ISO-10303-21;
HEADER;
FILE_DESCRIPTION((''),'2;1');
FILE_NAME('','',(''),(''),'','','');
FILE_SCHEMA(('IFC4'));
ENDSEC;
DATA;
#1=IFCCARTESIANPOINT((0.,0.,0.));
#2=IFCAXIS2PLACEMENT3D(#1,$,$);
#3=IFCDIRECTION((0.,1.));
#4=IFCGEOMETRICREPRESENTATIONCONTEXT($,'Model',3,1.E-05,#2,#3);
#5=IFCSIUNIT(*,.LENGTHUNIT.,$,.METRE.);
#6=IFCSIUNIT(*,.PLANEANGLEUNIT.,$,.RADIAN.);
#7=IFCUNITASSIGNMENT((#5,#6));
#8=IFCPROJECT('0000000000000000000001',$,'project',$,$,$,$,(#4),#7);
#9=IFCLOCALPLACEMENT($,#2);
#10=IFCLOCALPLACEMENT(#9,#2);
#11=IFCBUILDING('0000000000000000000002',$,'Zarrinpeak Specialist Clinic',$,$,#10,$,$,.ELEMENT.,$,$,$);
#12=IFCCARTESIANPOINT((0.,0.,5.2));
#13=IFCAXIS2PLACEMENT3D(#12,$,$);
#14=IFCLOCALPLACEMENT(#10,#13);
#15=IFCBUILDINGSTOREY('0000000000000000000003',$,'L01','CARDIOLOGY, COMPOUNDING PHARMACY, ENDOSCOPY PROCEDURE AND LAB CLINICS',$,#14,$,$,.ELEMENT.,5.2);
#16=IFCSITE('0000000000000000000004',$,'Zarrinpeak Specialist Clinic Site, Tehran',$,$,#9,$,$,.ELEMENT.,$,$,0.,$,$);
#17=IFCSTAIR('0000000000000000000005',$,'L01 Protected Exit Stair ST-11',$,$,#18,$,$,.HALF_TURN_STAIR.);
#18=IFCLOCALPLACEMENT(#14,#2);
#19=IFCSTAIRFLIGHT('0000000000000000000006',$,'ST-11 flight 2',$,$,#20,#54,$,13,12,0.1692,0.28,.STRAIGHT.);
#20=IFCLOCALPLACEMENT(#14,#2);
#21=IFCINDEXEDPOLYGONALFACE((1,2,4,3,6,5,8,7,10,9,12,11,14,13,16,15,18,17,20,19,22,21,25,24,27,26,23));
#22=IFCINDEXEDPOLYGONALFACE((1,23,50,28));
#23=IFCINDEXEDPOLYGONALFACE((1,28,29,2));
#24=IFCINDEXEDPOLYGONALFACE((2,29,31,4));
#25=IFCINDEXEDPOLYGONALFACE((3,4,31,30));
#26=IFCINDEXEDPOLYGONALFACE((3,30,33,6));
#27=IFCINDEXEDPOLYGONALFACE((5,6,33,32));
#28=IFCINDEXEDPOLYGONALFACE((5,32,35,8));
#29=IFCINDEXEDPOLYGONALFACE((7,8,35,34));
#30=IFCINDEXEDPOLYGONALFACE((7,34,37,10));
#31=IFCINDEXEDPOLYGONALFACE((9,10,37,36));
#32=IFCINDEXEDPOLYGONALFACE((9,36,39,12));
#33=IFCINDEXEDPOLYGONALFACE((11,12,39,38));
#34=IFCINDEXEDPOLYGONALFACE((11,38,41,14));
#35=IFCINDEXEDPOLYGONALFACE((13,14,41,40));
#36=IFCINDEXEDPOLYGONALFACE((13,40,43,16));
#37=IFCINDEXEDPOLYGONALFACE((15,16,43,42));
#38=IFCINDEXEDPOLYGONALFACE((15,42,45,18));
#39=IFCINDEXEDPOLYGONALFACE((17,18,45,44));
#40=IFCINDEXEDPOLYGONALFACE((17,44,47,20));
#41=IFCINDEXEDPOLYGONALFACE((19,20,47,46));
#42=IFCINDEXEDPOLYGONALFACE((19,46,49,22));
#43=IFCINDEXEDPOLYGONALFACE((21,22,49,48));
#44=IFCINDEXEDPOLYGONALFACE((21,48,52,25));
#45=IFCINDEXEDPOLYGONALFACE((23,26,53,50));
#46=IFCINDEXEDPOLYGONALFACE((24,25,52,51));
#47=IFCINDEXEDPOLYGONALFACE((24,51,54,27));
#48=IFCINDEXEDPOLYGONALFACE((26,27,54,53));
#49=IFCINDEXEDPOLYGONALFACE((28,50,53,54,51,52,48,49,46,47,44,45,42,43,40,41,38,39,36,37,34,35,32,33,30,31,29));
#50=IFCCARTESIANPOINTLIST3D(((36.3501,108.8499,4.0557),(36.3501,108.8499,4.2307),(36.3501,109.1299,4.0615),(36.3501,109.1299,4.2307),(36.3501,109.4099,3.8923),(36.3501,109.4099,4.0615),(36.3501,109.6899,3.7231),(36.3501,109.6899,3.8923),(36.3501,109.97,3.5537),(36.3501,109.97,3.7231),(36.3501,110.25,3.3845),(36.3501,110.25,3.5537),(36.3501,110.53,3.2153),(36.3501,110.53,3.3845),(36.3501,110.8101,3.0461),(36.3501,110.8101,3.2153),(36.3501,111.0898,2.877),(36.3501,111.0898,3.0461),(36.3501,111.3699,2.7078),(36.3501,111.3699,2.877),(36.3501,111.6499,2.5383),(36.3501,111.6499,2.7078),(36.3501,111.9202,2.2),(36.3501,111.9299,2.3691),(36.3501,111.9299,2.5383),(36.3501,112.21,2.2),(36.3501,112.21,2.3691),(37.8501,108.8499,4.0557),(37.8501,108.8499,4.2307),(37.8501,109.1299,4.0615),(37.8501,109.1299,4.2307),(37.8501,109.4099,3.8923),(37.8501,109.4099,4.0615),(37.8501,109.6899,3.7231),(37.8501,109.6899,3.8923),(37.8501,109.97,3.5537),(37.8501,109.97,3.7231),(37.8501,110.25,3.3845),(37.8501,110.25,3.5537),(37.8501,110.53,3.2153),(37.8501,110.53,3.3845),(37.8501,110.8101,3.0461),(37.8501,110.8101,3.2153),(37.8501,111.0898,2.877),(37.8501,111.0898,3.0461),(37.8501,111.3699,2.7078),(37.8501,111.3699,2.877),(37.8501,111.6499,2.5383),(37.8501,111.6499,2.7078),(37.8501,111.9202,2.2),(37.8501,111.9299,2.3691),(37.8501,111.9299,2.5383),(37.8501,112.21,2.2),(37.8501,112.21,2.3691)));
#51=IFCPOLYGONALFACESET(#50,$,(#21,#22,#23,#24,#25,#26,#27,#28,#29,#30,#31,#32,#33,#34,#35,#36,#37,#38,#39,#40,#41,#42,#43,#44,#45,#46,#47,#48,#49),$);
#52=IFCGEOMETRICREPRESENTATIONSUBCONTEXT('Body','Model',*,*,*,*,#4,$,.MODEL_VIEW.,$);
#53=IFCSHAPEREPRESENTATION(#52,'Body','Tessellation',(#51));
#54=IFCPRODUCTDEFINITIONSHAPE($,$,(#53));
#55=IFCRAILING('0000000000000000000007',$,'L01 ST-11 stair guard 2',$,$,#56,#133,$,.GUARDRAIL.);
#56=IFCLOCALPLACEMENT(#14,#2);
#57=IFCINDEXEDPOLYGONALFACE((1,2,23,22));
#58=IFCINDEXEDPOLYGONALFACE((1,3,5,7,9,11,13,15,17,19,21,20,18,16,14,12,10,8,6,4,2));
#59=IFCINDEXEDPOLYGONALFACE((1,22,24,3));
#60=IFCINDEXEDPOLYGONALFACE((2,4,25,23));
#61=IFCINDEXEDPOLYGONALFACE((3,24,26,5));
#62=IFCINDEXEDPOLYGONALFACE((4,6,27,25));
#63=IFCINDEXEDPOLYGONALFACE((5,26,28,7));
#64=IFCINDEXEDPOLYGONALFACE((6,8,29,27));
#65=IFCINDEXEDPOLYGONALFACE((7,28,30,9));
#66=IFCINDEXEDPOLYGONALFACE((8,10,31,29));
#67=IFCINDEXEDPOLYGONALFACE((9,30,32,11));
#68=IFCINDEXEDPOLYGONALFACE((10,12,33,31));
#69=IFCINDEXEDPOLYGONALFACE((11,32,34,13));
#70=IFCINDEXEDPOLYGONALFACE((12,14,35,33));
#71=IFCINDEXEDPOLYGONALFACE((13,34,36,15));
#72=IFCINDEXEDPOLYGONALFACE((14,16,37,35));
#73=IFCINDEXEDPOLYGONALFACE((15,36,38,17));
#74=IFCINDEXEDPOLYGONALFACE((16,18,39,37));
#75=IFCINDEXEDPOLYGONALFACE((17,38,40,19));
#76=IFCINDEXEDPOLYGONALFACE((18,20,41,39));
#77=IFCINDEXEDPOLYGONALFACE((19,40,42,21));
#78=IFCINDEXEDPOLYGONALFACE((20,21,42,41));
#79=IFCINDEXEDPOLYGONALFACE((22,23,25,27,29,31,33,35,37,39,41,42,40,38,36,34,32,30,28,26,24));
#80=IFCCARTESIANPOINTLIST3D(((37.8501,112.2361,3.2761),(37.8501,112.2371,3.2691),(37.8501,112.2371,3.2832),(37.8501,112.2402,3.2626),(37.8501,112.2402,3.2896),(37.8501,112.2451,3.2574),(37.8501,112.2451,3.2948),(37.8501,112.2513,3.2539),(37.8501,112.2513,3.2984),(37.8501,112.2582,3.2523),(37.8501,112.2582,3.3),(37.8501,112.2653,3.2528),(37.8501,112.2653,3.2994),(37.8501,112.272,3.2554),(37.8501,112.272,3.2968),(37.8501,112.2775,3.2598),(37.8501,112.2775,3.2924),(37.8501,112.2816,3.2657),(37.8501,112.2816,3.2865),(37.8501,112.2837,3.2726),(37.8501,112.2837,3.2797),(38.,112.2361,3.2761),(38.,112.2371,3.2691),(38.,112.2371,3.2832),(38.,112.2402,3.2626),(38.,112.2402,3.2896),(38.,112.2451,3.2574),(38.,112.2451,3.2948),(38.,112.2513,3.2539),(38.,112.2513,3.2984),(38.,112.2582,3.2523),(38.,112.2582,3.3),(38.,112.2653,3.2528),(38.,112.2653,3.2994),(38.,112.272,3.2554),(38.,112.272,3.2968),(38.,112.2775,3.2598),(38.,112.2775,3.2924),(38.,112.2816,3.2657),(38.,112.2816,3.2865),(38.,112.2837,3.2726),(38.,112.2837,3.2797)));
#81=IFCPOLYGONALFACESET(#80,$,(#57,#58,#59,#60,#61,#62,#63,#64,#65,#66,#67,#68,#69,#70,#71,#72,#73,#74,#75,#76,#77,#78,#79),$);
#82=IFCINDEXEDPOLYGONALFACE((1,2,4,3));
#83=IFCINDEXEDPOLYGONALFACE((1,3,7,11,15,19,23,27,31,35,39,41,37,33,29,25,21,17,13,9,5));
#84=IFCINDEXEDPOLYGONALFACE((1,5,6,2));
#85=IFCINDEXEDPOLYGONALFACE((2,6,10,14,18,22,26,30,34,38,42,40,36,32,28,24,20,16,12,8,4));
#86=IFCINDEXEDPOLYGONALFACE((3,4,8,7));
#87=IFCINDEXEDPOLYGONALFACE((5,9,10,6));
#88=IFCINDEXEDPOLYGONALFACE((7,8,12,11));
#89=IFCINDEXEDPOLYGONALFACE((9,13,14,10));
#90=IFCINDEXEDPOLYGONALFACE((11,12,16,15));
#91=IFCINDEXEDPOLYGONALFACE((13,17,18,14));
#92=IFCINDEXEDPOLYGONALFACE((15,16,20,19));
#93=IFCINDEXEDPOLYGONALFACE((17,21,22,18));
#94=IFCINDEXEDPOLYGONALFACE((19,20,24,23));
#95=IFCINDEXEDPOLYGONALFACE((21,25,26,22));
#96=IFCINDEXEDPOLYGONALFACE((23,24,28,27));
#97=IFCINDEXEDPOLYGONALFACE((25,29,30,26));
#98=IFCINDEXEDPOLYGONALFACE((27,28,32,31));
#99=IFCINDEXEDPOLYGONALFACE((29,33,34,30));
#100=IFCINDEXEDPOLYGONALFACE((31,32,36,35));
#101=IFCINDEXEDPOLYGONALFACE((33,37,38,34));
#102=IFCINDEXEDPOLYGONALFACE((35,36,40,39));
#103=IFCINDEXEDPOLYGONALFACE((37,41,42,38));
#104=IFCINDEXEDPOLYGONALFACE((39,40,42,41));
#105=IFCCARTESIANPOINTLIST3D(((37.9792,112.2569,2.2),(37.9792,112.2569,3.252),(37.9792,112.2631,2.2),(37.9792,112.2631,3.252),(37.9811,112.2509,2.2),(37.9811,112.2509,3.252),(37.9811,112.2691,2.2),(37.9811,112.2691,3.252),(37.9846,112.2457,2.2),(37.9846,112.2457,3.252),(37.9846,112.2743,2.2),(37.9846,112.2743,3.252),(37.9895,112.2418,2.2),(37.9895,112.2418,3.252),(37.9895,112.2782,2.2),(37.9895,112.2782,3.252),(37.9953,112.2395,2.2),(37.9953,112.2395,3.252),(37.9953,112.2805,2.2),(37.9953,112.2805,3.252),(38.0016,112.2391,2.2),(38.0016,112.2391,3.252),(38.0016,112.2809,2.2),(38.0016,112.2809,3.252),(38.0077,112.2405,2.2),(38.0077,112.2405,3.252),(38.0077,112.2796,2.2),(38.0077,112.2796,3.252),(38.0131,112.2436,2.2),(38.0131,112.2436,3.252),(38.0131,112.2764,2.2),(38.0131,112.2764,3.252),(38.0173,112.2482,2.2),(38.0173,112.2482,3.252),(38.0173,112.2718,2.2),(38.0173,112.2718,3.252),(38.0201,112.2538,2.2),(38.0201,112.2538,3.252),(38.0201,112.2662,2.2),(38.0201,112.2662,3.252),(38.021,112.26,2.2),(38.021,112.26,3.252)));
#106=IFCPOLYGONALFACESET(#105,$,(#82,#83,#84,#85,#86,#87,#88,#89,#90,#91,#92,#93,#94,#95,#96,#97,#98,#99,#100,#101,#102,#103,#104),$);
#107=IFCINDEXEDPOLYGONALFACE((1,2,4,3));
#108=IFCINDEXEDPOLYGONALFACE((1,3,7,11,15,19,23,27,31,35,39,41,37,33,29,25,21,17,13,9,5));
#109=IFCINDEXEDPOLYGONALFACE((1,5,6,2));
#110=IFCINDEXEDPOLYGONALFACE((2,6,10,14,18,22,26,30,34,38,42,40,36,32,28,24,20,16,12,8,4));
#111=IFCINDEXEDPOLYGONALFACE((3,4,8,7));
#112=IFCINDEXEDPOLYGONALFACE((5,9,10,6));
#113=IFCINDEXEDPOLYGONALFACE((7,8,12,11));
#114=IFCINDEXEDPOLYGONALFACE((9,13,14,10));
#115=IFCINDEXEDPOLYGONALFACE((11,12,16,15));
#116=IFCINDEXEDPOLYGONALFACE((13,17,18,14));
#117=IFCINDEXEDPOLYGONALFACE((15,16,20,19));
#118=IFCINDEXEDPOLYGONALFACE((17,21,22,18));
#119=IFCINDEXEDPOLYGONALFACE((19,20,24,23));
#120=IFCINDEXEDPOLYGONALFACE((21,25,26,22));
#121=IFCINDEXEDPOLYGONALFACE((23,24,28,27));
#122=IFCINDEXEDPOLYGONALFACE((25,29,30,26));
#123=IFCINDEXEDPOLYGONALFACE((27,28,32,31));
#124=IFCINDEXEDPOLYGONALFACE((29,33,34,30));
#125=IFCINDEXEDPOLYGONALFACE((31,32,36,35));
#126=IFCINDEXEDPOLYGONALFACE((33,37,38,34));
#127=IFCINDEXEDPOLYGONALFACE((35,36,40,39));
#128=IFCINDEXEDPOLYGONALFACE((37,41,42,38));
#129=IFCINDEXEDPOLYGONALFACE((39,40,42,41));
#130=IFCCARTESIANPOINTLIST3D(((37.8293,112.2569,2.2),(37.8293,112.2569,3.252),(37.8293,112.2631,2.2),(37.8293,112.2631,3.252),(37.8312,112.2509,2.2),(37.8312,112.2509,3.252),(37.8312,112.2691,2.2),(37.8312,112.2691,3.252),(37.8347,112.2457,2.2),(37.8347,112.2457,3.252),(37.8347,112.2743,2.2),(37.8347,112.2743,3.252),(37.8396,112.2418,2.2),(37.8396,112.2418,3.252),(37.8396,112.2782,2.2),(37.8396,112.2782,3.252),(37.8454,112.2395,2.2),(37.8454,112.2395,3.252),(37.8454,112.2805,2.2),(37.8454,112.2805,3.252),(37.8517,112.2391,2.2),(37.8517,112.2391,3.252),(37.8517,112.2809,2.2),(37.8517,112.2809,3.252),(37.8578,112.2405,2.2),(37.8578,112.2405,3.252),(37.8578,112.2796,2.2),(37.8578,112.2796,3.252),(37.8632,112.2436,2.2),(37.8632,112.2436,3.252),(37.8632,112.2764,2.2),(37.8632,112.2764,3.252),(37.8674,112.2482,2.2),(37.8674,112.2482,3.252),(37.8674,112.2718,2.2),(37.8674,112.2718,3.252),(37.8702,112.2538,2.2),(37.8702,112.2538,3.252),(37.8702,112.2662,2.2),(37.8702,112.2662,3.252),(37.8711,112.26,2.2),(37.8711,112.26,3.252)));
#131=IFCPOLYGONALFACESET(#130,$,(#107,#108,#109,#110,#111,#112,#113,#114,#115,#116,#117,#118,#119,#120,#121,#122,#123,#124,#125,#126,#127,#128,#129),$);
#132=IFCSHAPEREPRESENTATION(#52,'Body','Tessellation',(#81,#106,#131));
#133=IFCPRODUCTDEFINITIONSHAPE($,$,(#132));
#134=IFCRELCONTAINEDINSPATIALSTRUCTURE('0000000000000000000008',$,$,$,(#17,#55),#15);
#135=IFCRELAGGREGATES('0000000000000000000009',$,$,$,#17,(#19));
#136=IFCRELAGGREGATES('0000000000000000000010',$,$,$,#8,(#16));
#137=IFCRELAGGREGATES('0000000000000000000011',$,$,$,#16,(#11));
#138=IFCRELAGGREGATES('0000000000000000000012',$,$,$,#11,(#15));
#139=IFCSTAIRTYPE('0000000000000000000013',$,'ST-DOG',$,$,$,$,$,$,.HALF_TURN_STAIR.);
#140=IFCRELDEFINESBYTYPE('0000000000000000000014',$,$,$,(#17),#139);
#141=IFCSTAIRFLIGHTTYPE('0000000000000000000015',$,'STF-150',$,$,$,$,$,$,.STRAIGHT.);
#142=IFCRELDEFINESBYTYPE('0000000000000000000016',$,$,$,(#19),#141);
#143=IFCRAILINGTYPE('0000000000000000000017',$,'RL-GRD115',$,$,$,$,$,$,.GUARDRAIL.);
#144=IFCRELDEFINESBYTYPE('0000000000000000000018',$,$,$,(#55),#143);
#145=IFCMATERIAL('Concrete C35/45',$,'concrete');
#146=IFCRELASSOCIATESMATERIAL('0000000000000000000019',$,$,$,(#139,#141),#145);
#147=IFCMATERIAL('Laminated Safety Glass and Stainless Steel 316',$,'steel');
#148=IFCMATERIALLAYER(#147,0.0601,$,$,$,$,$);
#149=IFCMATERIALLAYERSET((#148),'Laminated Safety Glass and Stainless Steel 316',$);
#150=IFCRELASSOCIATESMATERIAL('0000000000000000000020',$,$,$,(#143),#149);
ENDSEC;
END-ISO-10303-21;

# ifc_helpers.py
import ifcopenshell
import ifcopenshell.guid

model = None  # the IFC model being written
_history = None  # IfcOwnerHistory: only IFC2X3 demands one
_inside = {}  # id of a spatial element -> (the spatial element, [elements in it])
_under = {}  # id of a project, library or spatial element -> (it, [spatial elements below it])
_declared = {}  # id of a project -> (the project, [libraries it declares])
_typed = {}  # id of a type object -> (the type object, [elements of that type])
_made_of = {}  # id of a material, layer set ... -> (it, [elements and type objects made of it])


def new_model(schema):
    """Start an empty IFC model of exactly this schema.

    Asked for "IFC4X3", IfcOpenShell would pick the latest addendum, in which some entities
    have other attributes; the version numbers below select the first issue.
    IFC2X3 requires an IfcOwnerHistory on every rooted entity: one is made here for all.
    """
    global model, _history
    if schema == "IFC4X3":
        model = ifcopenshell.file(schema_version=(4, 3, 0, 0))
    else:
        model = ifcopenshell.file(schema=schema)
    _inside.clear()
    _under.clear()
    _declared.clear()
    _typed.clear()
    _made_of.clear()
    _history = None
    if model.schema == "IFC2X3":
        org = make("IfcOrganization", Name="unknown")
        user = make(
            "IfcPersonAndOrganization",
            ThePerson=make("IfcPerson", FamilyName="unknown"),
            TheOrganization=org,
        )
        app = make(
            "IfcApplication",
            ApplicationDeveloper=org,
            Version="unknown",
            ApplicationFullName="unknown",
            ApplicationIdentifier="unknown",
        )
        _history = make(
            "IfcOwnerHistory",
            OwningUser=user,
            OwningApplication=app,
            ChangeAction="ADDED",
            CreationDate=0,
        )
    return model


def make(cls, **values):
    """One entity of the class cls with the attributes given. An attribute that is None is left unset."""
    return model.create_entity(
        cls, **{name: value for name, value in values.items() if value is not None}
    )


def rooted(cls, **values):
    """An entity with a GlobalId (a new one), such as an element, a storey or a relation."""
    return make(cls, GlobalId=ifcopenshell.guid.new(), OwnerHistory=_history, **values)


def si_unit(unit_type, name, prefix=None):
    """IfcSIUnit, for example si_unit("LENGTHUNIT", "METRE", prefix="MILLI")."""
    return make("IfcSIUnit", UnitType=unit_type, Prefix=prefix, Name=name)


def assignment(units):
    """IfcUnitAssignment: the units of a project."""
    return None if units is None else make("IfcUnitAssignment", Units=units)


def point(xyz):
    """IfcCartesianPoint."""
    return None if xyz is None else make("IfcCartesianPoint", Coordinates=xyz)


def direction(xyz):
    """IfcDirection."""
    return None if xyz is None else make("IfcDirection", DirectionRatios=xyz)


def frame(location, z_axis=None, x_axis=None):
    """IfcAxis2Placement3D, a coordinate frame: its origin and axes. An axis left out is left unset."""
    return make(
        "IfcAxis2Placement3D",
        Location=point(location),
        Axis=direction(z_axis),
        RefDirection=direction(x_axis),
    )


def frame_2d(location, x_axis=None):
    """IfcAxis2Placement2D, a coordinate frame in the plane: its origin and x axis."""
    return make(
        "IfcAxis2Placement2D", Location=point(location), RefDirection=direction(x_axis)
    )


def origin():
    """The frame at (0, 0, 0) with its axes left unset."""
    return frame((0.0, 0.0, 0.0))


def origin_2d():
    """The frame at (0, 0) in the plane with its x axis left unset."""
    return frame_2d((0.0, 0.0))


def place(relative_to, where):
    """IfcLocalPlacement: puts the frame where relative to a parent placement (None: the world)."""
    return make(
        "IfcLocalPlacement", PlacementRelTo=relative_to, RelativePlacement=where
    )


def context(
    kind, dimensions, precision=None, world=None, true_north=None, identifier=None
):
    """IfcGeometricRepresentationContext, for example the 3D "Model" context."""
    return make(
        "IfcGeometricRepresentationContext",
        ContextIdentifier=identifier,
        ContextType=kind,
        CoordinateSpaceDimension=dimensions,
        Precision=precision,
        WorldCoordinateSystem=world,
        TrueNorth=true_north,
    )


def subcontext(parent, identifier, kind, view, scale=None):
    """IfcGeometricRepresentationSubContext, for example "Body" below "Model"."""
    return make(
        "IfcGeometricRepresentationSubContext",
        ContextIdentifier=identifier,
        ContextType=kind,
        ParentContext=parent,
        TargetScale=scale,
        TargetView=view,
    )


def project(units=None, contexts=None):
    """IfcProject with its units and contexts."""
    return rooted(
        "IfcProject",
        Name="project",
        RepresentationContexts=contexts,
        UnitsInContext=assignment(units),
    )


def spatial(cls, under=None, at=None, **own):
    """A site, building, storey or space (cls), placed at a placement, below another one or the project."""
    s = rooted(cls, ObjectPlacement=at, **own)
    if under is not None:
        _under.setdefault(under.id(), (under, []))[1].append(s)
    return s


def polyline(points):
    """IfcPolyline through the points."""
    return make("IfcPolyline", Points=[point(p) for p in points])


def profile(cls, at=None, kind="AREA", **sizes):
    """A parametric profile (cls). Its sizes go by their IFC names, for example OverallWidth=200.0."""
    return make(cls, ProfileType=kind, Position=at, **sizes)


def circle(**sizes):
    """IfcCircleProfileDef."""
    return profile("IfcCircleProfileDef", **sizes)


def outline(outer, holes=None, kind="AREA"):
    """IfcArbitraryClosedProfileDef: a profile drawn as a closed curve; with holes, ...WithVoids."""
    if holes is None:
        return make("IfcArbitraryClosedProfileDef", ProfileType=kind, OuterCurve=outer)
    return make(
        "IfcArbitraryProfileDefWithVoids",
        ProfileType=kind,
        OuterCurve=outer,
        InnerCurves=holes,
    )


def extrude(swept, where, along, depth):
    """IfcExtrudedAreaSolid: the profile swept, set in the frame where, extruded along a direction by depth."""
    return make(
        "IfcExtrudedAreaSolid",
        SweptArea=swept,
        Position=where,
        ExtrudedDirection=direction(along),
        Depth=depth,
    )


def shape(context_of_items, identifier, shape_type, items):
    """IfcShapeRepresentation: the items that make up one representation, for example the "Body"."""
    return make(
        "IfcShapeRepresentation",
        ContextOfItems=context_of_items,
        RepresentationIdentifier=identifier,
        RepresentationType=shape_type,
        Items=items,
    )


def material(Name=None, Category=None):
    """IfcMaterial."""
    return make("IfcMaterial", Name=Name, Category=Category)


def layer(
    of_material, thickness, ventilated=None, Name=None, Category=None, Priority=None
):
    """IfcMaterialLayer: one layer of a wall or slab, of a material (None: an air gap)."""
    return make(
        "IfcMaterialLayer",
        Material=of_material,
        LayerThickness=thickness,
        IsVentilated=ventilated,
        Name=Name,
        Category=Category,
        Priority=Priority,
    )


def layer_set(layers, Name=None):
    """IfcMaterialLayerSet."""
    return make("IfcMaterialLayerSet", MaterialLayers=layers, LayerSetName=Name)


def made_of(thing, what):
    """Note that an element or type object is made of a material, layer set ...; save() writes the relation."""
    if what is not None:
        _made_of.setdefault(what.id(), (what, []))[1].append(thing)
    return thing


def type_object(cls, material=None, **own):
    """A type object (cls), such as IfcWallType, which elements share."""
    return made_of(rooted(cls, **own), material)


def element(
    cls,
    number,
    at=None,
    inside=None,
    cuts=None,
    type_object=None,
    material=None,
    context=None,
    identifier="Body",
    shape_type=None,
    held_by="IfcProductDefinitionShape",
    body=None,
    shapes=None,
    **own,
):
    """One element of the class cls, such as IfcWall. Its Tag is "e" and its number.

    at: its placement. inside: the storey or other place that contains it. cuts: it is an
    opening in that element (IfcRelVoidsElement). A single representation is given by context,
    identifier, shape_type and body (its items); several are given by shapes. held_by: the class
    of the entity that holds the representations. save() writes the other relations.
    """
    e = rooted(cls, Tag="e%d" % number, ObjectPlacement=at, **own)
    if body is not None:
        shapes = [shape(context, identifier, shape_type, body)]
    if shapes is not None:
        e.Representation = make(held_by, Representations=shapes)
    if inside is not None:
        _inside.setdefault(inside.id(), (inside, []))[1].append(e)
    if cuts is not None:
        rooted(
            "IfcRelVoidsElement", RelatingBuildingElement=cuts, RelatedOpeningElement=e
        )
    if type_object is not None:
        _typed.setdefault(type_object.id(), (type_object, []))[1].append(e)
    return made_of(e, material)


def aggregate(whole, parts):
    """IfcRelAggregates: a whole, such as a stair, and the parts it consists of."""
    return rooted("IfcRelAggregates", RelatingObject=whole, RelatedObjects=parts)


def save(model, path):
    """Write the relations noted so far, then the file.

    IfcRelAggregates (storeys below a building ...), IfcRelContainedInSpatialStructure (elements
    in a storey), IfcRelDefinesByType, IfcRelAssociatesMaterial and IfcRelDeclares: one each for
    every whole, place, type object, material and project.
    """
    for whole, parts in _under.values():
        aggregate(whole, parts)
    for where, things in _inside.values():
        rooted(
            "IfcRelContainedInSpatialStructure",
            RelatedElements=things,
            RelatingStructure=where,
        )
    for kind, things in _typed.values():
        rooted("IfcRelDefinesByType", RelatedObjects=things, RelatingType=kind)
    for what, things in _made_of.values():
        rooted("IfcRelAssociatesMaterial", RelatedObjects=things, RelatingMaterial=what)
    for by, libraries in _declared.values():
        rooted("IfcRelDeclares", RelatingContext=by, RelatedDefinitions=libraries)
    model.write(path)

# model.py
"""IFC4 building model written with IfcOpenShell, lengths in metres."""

from ifc_helpers import new_model, si_unit, direction, frame, origin, origin_2d, place, context, subcontext, project, spatial, polyline, circle, outline, extrude, material, layer, layer_set, type_object, element, aggregate, save


model = new_model("IFC4")

# Units and contexts
model_context = context("Model", 3, precision=1e-05, world=origin(), true_north=direction((0.0, 1.0)))
body_context = subcontext(model_context, "Body", "Model", "MODEL_VIEW")
ifc_project = project(units=[si_unit("LENGTHUNIT", "METRE"), si_unit("PLANEANGLEUNIT", "RADIAN")], contexts=[model_context])

# Site, building, storey
site_placement = place(None, origin())
site = spatial("IfcSite", under=ifc_project, at=site_placement, Name="Zarrinpeak Specialist Clinic Site, Tehran", CompositionType="ELEMENT", RefElevation=0.0)
building_placement = place(site_placement, origin())
building = spatial("IfcBuilding", under=site, at=building_placement, Name="Zarrinpeak Specialist Clinic", CompositionType="ELEMENT")
storey_placement = place(building_placement, frame((0.0, 0.0, 5.2)))
storey = spatial("IfcBuildingStorey", under=building, at=storey_placement, Name="L01", Description="CARDIOLOGY, COMPOUNDING PHARMACY, ENDOSCOPY PROCEDURE AND LAB CLINICS", CompositionType="ELEMENT", Elevation=5.2)

# Stair, stair flight
ifc_material_1 = material(Name="Concrete C35/45", Category="concrete")
stair_type = type_object("IfcStairType", Name="ST-DOG", PredefinedType="HALF_TURN_STAIR", material=ifc_material_1)
stair_placement = place(storey_placement, origin())
stair = element("IfcStair", 1, at=stair_placement, inside=storey, type_object=stair_type, Name="L01 Protected Exit Stair ST-11", PredefinedType="HALF_TURN_STAIR")
stair_flight_type = type_object("IfcStairFlightType", Name="STF-150", PredefinedType="STRAIGHT", material=ifc_material_1)
stair_flight_1_placement = place(storey_placement, frame((37.1001, 112.21, 2.2), z_axis=(0.0, 0.0, 1.0), x_axis=(0.0, -1.0, 0.0)))
stair_flight_1 = element("IfcStairFlight", 2, at=stair_flight_1_placement, type_object=stair_flight_type, Name="ST-11 flight 2", NumberOfRisers=13, NumberOfTreads=12, PredefinedType="STRAIGHT", RiserHeight=0.1692, TreadLength=0.28, context=body_context, shape_type="SweptSolid", body=[
    extrude(outline(polyline([(0.0, 0.0), (0.0, 0.1692), (0.28, 0.1692), (0.28, 0.3384), (0.5601, 0.3384), (0.5601, 0.5078), (0.8401, 0.5078), (0.8401, 0.677), (1.1201, 0.677), (1.1201, 0.8462), (1.3999, 0.8462), (1.3999, 1.0154), (1.6799, 1.0154), (1.6799, 1.1846), (1.96, 1.1846), (1.96, 1.3538), (2.24, 1.3538), (2.24, 1.5232), (2.52, 1.5232), (2.52, 1.6924), (2.8, 1.6924), (2.8, 1.8616), (3.0801, 1.8616), (3.0801, 2.0308), (3.3601, 2.0308), (3.3601, 2.2), (3.3601, 1.8557), (0.2898, 0.0), (0.0, 0.0)])), frame((0.0, 0.75, 0.0), z_axis=(0.0, -1.0, 0.0), x_axis=(1.0, 0.0, 0.0)), (0.0, 0.0, 1.0), 1.5),
])
aggregate(stair, [stair_flight_1])

# Railing
ifc_material_2 = material(Name="Laminated Safety Glass and Stainless Steel 316", Category="steel")
ifc_layer_1 = layer(ifc_material_2, 0.0601)
ifc_layer_set_1 = layer_set([ifc_layer_1], Name="Laminated Safety Glass and Stainless Steel 316")
railing_type_1 = type_object("IfcRailingType", Name="RL-GRD115", PredefinedType="GUARDRAIL", material=ifc_layer_set_1)
railing_1_placement = place(storey_placement, frame((38.0, 112.26, 2.2)))
element("IfcRailing", 3, at=railing_1_placement, inside=storey, type_object=railing_type_1, Name="L01 ST-11 stair guard 2", PredefinedType="GUARDRAIL", context=body_context, shape_type="SweptSolid", body=[
    extrude(circle(Radius=0.0239, at=origin_2d()), frame((0.0, 0.0, 1.0762), z_axis=(-1.0, 0.0, 0.0), x_axis=(0.0, -1.0, 0.0)), (0.0, 0.0, 1.0), 0.1499),
    extrude(circle(Radius=0.021, at=origin_2d()), origin(), (0.0, 0.0, 1.0), 1.052),
    extrude(circle(Radius=0.021, at=origin_2d()), frame((-0.1499, 0.0, 0.0)), (0.0, 0.0, 1.0), 1.052),
])

save(model, "model.ifc")
